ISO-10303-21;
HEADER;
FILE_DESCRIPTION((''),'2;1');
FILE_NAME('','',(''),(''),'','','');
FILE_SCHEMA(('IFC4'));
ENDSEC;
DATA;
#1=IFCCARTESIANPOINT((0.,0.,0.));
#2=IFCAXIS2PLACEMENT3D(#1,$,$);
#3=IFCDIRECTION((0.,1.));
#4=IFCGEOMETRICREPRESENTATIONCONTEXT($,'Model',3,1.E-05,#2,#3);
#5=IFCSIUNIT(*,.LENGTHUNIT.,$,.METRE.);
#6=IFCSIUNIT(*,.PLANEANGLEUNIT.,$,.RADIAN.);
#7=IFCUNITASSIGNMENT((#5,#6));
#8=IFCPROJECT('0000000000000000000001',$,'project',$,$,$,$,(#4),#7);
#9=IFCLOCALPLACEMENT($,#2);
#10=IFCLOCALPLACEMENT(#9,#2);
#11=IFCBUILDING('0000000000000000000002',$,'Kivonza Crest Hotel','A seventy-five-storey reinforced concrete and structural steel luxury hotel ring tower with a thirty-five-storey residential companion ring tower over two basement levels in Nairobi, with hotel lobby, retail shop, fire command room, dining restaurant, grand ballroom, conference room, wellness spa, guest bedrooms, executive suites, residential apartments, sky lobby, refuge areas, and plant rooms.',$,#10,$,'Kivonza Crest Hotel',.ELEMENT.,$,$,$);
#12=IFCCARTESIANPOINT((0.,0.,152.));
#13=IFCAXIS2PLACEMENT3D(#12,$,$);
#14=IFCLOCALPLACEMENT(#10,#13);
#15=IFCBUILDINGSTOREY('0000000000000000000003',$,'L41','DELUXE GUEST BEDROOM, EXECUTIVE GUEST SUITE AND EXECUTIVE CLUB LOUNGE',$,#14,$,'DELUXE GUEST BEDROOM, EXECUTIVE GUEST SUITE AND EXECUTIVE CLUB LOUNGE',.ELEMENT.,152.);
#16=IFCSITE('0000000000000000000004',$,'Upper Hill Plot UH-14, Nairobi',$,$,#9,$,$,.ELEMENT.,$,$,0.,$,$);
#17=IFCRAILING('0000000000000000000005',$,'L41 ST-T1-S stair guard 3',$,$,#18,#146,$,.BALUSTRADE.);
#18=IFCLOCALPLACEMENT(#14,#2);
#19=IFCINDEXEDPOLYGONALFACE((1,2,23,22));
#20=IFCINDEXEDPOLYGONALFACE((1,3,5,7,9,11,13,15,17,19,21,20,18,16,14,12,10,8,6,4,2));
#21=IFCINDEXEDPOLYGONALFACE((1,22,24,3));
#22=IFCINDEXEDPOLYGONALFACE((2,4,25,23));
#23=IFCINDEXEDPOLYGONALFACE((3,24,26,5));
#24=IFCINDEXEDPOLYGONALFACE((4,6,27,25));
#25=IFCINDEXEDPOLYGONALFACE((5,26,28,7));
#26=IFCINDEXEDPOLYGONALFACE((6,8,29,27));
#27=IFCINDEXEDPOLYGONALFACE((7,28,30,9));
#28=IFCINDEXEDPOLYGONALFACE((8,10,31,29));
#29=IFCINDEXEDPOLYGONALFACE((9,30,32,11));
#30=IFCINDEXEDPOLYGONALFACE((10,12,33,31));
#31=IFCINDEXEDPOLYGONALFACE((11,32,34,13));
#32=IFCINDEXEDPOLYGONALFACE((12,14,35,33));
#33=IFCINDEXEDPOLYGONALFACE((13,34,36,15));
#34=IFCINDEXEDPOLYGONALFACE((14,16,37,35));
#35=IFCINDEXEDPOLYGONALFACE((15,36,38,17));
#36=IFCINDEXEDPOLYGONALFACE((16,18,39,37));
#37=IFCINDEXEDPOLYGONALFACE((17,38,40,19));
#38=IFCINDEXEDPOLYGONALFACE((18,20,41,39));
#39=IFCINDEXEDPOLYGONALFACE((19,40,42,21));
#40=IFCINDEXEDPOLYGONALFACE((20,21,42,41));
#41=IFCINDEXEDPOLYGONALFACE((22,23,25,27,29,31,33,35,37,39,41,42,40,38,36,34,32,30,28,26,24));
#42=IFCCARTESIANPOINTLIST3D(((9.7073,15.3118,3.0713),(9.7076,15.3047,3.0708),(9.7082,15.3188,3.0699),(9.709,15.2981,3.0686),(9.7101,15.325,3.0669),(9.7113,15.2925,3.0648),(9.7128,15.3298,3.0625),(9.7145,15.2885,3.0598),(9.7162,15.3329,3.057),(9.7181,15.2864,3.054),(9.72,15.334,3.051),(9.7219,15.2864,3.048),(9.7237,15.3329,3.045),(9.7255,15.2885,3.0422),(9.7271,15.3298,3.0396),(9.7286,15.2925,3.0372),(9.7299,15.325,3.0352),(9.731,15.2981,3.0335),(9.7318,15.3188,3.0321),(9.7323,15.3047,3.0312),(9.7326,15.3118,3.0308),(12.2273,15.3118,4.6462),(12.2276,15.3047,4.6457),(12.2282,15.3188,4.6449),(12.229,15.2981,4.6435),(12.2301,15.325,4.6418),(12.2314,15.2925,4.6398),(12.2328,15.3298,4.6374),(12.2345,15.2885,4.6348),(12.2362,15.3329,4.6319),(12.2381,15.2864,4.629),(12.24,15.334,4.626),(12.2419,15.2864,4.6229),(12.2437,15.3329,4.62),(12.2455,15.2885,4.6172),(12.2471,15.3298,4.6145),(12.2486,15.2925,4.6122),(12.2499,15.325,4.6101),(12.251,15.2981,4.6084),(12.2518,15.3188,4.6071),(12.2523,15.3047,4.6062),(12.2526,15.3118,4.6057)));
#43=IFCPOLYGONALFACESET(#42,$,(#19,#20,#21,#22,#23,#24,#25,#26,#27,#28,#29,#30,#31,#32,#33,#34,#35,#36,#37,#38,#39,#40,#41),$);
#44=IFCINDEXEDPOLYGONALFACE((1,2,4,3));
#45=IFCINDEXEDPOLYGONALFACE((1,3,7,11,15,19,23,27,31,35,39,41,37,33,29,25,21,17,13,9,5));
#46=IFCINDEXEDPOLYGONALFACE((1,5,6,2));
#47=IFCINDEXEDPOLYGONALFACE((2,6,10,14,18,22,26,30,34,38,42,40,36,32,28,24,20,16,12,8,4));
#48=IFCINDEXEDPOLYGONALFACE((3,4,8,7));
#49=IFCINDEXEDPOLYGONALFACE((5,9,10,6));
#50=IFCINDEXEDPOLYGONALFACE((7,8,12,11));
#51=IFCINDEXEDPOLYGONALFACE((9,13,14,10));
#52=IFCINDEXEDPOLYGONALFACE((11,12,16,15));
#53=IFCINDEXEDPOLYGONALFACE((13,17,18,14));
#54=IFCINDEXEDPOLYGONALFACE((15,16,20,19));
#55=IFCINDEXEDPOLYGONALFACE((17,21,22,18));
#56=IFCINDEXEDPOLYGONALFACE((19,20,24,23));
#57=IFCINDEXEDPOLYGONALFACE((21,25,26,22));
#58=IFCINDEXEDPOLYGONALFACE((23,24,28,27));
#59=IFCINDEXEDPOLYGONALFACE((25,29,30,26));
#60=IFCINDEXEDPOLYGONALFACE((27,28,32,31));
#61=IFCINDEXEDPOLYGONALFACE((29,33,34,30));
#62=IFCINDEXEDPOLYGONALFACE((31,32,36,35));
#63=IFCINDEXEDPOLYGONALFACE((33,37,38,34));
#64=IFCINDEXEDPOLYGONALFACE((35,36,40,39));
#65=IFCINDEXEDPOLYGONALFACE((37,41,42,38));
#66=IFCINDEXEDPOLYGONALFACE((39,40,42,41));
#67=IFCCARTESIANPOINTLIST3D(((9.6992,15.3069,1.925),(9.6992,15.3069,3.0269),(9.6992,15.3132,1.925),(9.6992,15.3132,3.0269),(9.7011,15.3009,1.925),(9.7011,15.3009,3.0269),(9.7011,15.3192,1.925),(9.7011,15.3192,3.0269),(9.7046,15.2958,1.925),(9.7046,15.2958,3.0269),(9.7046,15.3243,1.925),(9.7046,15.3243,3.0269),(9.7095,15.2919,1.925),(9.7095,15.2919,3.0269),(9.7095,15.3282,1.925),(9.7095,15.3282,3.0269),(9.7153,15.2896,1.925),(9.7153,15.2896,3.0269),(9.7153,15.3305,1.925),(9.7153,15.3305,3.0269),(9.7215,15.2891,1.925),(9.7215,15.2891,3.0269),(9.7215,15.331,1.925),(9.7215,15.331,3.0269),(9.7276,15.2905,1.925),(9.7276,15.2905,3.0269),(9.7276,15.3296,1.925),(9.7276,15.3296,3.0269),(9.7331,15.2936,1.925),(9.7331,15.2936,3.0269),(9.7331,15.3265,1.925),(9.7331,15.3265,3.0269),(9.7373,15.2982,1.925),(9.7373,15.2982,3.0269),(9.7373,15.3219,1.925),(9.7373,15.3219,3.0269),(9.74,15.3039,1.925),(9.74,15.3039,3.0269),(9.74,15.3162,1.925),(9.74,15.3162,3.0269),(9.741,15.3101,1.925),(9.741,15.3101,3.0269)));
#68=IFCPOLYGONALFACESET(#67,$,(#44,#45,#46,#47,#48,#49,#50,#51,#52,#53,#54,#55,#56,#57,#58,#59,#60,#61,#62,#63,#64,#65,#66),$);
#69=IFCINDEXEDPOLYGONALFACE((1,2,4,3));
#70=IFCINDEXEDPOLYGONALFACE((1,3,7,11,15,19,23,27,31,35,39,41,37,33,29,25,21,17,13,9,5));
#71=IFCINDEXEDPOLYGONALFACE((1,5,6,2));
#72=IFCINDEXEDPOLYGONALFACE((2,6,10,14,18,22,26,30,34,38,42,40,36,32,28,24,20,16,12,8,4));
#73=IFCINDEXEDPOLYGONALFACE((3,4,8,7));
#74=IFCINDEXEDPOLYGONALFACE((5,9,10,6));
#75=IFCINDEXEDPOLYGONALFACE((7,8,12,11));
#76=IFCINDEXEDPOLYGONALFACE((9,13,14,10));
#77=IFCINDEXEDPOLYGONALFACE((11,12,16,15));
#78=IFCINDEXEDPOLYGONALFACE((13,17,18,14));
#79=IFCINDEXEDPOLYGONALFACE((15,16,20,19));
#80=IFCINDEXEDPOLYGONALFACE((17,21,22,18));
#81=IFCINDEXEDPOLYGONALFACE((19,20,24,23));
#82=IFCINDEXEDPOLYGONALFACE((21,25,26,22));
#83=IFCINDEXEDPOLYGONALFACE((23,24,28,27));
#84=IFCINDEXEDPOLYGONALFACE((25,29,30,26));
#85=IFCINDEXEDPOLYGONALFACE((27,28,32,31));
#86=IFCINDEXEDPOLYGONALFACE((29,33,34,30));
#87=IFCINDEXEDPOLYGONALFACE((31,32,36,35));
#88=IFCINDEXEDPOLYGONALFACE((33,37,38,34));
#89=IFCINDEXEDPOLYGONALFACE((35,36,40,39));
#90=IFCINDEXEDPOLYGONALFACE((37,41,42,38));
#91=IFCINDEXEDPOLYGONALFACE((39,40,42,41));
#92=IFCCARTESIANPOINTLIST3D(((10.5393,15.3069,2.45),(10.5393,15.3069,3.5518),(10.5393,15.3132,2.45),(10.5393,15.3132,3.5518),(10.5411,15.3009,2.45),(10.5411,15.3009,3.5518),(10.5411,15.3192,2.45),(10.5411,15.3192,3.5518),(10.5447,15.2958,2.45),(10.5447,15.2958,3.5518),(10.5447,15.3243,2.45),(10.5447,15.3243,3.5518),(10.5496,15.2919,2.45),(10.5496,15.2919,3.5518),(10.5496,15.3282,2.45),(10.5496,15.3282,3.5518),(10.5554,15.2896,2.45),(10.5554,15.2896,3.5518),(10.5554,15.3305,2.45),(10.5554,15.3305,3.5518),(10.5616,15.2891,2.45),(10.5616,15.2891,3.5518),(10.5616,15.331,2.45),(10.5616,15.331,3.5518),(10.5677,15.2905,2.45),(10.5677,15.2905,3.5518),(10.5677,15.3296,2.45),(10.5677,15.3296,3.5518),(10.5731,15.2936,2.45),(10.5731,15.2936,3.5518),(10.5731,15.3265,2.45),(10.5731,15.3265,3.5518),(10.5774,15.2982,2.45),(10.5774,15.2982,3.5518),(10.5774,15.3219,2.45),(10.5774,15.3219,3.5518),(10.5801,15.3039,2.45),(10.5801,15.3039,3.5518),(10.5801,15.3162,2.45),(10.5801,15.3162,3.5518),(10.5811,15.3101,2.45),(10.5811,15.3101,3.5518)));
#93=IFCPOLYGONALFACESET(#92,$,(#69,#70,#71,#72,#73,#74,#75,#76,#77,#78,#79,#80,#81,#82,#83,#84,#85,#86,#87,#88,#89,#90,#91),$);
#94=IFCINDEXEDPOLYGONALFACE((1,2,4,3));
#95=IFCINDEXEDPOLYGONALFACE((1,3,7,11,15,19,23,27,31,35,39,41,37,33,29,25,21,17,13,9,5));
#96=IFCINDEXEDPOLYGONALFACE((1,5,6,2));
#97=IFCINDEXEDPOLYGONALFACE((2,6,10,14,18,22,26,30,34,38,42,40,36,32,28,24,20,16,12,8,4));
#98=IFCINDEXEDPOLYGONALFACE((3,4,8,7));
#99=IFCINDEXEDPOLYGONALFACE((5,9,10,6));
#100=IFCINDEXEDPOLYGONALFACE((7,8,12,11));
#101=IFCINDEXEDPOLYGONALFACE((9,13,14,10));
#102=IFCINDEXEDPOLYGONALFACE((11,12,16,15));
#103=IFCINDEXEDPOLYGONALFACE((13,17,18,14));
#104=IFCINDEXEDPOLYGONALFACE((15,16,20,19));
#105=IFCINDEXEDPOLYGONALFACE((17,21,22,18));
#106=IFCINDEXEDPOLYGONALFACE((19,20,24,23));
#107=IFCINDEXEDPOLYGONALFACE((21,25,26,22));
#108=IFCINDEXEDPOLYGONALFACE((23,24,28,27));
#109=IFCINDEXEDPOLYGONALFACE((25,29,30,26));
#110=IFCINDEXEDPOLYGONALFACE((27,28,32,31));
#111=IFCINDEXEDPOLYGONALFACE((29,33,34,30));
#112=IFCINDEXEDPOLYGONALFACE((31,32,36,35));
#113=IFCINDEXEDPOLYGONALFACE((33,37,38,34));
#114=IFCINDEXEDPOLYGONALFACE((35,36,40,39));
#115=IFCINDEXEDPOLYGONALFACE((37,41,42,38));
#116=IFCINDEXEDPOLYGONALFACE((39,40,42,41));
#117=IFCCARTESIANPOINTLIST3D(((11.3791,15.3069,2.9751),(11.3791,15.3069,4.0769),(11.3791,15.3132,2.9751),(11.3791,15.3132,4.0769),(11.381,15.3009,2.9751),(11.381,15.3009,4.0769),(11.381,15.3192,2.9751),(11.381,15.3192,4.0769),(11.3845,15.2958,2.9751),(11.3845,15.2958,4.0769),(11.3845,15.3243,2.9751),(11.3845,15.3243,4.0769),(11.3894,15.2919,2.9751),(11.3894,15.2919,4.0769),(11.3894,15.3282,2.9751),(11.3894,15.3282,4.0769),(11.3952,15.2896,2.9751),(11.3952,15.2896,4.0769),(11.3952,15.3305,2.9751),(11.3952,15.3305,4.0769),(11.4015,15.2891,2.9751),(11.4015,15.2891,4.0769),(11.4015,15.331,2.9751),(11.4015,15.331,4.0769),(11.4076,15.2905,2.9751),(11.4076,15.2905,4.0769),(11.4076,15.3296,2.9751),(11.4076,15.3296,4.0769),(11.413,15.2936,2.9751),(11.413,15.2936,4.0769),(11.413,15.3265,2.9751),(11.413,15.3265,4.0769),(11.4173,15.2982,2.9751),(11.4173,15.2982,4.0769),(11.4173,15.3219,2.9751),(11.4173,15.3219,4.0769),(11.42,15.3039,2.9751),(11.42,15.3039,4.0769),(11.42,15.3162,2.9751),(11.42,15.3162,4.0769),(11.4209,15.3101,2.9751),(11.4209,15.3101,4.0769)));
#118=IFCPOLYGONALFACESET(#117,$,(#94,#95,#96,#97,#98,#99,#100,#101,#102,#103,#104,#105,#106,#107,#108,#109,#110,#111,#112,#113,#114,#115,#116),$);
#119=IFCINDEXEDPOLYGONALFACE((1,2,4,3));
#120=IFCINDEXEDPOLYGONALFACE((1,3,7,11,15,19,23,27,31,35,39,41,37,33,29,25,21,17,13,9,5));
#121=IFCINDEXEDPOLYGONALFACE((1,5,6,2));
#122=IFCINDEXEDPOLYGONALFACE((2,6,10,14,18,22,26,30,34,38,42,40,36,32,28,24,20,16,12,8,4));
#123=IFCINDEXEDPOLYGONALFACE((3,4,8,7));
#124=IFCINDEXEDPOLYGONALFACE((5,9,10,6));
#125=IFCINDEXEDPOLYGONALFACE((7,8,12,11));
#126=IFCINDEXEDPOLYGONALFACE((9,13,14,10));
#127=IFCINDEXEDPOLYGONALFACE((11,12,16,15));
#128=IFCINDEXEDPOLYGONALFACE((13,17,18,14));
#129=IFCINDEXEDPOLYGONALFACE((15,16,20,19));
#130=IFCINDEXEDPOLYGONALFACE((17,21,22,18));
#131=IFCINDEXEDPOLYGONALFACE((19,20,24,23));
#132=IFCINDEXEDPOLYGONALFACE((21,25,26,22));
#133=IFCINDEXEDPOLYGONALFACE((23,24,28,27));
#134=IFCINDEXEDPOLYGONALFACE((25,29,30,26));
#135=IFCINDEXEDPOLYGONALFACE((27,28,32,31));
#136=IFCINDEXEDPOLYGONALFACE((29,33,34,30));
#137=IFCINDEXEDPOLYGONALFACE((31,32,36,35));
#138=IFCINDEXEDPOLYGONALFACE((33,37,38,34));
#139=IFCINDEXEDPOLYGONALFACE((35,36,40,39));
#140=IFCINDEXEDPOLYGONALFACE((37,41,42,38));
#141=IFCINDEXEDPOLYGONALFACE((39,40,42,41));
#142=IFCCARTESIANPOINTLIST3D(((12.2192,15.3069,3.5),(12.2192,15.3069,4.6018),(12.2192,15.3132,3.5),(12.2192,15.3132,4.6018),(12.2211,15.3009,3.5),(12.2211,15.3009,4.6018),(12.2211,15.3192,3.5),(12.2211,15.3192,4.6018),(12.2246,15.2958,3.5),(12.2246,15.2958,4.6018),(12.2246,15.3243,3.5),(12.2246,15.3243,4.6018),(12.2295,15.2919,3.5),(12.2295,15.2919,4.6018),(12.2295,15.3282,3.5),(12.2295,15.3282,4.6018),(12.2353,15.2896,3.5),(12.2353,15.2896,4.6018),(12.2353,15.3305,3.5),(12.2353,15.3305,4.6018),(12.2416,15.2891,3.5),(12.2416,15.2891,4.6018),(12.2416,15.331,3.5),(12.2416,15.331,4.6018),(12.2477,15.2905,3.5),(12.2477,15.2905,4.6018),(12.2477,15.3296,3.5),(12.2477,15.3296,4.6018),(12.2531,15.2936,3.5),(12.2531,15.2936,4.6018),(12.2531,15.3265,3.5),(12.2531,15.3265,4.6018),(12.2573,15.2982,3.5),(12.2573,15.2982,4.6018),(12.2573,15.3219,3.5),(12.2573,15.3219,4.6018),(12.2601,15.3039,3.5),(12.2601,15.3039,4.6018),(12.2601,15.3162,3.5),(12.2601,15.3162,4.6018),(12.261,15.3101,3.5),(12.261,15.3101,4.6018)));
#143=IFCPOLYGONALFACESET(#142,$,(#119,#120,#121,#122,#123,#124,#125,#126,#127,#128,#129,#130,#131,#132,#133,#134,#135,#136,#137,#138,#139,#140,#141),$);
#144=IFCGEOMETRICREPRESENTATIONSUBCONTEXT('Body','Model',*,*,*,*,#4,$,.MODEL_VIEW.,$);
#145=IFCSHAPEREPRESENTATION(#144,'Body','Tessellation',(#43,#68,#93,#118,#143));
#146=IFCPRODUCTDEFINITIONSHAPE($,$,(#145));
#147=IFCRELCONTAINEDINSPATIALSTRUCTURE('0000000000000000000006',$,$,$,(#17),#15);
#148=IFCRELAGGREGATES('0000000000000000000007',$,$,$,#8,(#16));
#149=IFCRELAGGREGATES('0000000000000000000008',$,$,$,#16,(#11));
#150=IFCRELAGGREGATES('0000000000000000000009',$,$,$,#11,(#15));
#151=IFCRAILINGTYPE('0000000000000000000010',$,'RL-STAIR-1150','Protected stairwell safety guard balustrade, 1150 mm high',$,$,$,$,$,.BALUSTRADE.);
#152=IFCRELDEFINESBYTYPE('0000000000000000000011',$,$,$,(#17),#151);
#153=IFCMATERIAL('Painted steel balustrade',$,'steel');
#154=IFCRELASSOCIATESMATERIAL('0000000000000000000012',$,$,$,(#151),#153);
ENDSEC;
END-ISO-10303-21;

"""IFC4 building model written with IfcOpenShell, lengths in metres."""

from ifc_helpers import new_model, si_unit, direction, frame, origin, origin_2d, place, context, subcontext, project, spatial, circle, extrude, material, type_object, element, save


model = new_model("IFC4")

# Units and contexts
model_context = context("Model", 3, precision=1e-05, world=origin(), true_north=direction((0.0, 1.0)))
body_context = subcontext(model_context, "Body", "Model", "MODEL_VIEW")
ifc_project = project(units=[si_unit("LENGTHUNIT", "METRE"), si_unit("PLANEANGLEUNIT", "RADIAN")], contexts=[model_context])

# Site, building, storey
site_placement = place(None, origin())
site = spatial("IfcSite", under=ifc_project, at=site_placement, Name="Upper Hill Plot UH-14, Nairobi", CompositionType="ELEMENT", RefElevation=0.0)
building_placement = place(site_placement, origin())
building = spatial("IfcBuilding", under=site, at=building_placement, Name="Kivonza Crest Hotel", Description="A seventy-five-storey reinforced concrete and structural steel luxury hotel ring tower with a thirty-five-storey residential companion ring tower over two basement levels in Nairobi, with hotel lobby, retail shop, fire command room, dining restaurant, grand ballroom, conference room, wellness spa, guest bedrooms, executive suites, residential apartments, sky lobby, refuge areas, and plant rooms.", LongName="Kivonza Crest Hotel", CompositionType="ELEMENT")
storey_placement = place(building_placement, frame((0.0, 0.0, 152.0)))
storey = spatial("IfcBuildingStorey", under=building, at=storey_placement, Name="L41", Description="DELUXE GUEST BEDROOM, EXECUTIVE GUEST SUITE AND EXECUTIVE CLUB LOUNGE", LongName="DELUXE GUEST BEDROOM, EXECUTIVE GUEST SUITE AND EXECUTIVE CLUB LOUNGE", CompositionType="ELEMENT", Elevation=152.0)

# Railing
ifc_material_1 = material(Name="Painted steel balustrade", Category="steel")
railing_type_1 = type_object("IfcRailingType", Name="RL-STAIR-1150", Description="Protected stairwell safety guard balustrade, 1150 mm high", PredefinedType="BALUSTRADE", material=ifc_material_1)
railing_1_placement = place(storey_placement, frame((9.72, 15.3101, 1.925)))
element("IfcRailing", 1, at=railing_1_placement, inside=storey, type_object=railing_type_1, Name="L41 ST-T1-S stair guard 3", PredefinedType="BALUSTRADE", context=body_context, shape_type="SweptSolid", body=[
    extrude(circle(Radius=0.0239, at=origin_2d()), frame((0.0, 0.0, 1.126), z_axis=(0.848008, 0.0, 0.529984), x_axis=(0.0, 1.0, 0.0)), (0.0, 0.0, 1.0), 2.9717),
    extrude(circle(Radius=0.021, at=origin_2d()), origin(), (0.0, 0.0, 1.0), 1.1018),
    extrude(circle(Radius=0.021, at=origin_2d()), frame((0.8401, 0.0, 0.5249)), (0.0, 0.0, 1.0), 1.1018),
    extrude(circle(Radius=0.021, at=origin_2d()), frame((1.6799, 0.0, 1.05)), (0.0, 0.0, 1.0), 1.1018),
    extrude(circle(Radius=0.021, at=origin_2d()), frame((2.52, 0.0, 1.575)), (0.0, 0.0, 1.0), 1.1018),
])

save(model, "model.ifc")
